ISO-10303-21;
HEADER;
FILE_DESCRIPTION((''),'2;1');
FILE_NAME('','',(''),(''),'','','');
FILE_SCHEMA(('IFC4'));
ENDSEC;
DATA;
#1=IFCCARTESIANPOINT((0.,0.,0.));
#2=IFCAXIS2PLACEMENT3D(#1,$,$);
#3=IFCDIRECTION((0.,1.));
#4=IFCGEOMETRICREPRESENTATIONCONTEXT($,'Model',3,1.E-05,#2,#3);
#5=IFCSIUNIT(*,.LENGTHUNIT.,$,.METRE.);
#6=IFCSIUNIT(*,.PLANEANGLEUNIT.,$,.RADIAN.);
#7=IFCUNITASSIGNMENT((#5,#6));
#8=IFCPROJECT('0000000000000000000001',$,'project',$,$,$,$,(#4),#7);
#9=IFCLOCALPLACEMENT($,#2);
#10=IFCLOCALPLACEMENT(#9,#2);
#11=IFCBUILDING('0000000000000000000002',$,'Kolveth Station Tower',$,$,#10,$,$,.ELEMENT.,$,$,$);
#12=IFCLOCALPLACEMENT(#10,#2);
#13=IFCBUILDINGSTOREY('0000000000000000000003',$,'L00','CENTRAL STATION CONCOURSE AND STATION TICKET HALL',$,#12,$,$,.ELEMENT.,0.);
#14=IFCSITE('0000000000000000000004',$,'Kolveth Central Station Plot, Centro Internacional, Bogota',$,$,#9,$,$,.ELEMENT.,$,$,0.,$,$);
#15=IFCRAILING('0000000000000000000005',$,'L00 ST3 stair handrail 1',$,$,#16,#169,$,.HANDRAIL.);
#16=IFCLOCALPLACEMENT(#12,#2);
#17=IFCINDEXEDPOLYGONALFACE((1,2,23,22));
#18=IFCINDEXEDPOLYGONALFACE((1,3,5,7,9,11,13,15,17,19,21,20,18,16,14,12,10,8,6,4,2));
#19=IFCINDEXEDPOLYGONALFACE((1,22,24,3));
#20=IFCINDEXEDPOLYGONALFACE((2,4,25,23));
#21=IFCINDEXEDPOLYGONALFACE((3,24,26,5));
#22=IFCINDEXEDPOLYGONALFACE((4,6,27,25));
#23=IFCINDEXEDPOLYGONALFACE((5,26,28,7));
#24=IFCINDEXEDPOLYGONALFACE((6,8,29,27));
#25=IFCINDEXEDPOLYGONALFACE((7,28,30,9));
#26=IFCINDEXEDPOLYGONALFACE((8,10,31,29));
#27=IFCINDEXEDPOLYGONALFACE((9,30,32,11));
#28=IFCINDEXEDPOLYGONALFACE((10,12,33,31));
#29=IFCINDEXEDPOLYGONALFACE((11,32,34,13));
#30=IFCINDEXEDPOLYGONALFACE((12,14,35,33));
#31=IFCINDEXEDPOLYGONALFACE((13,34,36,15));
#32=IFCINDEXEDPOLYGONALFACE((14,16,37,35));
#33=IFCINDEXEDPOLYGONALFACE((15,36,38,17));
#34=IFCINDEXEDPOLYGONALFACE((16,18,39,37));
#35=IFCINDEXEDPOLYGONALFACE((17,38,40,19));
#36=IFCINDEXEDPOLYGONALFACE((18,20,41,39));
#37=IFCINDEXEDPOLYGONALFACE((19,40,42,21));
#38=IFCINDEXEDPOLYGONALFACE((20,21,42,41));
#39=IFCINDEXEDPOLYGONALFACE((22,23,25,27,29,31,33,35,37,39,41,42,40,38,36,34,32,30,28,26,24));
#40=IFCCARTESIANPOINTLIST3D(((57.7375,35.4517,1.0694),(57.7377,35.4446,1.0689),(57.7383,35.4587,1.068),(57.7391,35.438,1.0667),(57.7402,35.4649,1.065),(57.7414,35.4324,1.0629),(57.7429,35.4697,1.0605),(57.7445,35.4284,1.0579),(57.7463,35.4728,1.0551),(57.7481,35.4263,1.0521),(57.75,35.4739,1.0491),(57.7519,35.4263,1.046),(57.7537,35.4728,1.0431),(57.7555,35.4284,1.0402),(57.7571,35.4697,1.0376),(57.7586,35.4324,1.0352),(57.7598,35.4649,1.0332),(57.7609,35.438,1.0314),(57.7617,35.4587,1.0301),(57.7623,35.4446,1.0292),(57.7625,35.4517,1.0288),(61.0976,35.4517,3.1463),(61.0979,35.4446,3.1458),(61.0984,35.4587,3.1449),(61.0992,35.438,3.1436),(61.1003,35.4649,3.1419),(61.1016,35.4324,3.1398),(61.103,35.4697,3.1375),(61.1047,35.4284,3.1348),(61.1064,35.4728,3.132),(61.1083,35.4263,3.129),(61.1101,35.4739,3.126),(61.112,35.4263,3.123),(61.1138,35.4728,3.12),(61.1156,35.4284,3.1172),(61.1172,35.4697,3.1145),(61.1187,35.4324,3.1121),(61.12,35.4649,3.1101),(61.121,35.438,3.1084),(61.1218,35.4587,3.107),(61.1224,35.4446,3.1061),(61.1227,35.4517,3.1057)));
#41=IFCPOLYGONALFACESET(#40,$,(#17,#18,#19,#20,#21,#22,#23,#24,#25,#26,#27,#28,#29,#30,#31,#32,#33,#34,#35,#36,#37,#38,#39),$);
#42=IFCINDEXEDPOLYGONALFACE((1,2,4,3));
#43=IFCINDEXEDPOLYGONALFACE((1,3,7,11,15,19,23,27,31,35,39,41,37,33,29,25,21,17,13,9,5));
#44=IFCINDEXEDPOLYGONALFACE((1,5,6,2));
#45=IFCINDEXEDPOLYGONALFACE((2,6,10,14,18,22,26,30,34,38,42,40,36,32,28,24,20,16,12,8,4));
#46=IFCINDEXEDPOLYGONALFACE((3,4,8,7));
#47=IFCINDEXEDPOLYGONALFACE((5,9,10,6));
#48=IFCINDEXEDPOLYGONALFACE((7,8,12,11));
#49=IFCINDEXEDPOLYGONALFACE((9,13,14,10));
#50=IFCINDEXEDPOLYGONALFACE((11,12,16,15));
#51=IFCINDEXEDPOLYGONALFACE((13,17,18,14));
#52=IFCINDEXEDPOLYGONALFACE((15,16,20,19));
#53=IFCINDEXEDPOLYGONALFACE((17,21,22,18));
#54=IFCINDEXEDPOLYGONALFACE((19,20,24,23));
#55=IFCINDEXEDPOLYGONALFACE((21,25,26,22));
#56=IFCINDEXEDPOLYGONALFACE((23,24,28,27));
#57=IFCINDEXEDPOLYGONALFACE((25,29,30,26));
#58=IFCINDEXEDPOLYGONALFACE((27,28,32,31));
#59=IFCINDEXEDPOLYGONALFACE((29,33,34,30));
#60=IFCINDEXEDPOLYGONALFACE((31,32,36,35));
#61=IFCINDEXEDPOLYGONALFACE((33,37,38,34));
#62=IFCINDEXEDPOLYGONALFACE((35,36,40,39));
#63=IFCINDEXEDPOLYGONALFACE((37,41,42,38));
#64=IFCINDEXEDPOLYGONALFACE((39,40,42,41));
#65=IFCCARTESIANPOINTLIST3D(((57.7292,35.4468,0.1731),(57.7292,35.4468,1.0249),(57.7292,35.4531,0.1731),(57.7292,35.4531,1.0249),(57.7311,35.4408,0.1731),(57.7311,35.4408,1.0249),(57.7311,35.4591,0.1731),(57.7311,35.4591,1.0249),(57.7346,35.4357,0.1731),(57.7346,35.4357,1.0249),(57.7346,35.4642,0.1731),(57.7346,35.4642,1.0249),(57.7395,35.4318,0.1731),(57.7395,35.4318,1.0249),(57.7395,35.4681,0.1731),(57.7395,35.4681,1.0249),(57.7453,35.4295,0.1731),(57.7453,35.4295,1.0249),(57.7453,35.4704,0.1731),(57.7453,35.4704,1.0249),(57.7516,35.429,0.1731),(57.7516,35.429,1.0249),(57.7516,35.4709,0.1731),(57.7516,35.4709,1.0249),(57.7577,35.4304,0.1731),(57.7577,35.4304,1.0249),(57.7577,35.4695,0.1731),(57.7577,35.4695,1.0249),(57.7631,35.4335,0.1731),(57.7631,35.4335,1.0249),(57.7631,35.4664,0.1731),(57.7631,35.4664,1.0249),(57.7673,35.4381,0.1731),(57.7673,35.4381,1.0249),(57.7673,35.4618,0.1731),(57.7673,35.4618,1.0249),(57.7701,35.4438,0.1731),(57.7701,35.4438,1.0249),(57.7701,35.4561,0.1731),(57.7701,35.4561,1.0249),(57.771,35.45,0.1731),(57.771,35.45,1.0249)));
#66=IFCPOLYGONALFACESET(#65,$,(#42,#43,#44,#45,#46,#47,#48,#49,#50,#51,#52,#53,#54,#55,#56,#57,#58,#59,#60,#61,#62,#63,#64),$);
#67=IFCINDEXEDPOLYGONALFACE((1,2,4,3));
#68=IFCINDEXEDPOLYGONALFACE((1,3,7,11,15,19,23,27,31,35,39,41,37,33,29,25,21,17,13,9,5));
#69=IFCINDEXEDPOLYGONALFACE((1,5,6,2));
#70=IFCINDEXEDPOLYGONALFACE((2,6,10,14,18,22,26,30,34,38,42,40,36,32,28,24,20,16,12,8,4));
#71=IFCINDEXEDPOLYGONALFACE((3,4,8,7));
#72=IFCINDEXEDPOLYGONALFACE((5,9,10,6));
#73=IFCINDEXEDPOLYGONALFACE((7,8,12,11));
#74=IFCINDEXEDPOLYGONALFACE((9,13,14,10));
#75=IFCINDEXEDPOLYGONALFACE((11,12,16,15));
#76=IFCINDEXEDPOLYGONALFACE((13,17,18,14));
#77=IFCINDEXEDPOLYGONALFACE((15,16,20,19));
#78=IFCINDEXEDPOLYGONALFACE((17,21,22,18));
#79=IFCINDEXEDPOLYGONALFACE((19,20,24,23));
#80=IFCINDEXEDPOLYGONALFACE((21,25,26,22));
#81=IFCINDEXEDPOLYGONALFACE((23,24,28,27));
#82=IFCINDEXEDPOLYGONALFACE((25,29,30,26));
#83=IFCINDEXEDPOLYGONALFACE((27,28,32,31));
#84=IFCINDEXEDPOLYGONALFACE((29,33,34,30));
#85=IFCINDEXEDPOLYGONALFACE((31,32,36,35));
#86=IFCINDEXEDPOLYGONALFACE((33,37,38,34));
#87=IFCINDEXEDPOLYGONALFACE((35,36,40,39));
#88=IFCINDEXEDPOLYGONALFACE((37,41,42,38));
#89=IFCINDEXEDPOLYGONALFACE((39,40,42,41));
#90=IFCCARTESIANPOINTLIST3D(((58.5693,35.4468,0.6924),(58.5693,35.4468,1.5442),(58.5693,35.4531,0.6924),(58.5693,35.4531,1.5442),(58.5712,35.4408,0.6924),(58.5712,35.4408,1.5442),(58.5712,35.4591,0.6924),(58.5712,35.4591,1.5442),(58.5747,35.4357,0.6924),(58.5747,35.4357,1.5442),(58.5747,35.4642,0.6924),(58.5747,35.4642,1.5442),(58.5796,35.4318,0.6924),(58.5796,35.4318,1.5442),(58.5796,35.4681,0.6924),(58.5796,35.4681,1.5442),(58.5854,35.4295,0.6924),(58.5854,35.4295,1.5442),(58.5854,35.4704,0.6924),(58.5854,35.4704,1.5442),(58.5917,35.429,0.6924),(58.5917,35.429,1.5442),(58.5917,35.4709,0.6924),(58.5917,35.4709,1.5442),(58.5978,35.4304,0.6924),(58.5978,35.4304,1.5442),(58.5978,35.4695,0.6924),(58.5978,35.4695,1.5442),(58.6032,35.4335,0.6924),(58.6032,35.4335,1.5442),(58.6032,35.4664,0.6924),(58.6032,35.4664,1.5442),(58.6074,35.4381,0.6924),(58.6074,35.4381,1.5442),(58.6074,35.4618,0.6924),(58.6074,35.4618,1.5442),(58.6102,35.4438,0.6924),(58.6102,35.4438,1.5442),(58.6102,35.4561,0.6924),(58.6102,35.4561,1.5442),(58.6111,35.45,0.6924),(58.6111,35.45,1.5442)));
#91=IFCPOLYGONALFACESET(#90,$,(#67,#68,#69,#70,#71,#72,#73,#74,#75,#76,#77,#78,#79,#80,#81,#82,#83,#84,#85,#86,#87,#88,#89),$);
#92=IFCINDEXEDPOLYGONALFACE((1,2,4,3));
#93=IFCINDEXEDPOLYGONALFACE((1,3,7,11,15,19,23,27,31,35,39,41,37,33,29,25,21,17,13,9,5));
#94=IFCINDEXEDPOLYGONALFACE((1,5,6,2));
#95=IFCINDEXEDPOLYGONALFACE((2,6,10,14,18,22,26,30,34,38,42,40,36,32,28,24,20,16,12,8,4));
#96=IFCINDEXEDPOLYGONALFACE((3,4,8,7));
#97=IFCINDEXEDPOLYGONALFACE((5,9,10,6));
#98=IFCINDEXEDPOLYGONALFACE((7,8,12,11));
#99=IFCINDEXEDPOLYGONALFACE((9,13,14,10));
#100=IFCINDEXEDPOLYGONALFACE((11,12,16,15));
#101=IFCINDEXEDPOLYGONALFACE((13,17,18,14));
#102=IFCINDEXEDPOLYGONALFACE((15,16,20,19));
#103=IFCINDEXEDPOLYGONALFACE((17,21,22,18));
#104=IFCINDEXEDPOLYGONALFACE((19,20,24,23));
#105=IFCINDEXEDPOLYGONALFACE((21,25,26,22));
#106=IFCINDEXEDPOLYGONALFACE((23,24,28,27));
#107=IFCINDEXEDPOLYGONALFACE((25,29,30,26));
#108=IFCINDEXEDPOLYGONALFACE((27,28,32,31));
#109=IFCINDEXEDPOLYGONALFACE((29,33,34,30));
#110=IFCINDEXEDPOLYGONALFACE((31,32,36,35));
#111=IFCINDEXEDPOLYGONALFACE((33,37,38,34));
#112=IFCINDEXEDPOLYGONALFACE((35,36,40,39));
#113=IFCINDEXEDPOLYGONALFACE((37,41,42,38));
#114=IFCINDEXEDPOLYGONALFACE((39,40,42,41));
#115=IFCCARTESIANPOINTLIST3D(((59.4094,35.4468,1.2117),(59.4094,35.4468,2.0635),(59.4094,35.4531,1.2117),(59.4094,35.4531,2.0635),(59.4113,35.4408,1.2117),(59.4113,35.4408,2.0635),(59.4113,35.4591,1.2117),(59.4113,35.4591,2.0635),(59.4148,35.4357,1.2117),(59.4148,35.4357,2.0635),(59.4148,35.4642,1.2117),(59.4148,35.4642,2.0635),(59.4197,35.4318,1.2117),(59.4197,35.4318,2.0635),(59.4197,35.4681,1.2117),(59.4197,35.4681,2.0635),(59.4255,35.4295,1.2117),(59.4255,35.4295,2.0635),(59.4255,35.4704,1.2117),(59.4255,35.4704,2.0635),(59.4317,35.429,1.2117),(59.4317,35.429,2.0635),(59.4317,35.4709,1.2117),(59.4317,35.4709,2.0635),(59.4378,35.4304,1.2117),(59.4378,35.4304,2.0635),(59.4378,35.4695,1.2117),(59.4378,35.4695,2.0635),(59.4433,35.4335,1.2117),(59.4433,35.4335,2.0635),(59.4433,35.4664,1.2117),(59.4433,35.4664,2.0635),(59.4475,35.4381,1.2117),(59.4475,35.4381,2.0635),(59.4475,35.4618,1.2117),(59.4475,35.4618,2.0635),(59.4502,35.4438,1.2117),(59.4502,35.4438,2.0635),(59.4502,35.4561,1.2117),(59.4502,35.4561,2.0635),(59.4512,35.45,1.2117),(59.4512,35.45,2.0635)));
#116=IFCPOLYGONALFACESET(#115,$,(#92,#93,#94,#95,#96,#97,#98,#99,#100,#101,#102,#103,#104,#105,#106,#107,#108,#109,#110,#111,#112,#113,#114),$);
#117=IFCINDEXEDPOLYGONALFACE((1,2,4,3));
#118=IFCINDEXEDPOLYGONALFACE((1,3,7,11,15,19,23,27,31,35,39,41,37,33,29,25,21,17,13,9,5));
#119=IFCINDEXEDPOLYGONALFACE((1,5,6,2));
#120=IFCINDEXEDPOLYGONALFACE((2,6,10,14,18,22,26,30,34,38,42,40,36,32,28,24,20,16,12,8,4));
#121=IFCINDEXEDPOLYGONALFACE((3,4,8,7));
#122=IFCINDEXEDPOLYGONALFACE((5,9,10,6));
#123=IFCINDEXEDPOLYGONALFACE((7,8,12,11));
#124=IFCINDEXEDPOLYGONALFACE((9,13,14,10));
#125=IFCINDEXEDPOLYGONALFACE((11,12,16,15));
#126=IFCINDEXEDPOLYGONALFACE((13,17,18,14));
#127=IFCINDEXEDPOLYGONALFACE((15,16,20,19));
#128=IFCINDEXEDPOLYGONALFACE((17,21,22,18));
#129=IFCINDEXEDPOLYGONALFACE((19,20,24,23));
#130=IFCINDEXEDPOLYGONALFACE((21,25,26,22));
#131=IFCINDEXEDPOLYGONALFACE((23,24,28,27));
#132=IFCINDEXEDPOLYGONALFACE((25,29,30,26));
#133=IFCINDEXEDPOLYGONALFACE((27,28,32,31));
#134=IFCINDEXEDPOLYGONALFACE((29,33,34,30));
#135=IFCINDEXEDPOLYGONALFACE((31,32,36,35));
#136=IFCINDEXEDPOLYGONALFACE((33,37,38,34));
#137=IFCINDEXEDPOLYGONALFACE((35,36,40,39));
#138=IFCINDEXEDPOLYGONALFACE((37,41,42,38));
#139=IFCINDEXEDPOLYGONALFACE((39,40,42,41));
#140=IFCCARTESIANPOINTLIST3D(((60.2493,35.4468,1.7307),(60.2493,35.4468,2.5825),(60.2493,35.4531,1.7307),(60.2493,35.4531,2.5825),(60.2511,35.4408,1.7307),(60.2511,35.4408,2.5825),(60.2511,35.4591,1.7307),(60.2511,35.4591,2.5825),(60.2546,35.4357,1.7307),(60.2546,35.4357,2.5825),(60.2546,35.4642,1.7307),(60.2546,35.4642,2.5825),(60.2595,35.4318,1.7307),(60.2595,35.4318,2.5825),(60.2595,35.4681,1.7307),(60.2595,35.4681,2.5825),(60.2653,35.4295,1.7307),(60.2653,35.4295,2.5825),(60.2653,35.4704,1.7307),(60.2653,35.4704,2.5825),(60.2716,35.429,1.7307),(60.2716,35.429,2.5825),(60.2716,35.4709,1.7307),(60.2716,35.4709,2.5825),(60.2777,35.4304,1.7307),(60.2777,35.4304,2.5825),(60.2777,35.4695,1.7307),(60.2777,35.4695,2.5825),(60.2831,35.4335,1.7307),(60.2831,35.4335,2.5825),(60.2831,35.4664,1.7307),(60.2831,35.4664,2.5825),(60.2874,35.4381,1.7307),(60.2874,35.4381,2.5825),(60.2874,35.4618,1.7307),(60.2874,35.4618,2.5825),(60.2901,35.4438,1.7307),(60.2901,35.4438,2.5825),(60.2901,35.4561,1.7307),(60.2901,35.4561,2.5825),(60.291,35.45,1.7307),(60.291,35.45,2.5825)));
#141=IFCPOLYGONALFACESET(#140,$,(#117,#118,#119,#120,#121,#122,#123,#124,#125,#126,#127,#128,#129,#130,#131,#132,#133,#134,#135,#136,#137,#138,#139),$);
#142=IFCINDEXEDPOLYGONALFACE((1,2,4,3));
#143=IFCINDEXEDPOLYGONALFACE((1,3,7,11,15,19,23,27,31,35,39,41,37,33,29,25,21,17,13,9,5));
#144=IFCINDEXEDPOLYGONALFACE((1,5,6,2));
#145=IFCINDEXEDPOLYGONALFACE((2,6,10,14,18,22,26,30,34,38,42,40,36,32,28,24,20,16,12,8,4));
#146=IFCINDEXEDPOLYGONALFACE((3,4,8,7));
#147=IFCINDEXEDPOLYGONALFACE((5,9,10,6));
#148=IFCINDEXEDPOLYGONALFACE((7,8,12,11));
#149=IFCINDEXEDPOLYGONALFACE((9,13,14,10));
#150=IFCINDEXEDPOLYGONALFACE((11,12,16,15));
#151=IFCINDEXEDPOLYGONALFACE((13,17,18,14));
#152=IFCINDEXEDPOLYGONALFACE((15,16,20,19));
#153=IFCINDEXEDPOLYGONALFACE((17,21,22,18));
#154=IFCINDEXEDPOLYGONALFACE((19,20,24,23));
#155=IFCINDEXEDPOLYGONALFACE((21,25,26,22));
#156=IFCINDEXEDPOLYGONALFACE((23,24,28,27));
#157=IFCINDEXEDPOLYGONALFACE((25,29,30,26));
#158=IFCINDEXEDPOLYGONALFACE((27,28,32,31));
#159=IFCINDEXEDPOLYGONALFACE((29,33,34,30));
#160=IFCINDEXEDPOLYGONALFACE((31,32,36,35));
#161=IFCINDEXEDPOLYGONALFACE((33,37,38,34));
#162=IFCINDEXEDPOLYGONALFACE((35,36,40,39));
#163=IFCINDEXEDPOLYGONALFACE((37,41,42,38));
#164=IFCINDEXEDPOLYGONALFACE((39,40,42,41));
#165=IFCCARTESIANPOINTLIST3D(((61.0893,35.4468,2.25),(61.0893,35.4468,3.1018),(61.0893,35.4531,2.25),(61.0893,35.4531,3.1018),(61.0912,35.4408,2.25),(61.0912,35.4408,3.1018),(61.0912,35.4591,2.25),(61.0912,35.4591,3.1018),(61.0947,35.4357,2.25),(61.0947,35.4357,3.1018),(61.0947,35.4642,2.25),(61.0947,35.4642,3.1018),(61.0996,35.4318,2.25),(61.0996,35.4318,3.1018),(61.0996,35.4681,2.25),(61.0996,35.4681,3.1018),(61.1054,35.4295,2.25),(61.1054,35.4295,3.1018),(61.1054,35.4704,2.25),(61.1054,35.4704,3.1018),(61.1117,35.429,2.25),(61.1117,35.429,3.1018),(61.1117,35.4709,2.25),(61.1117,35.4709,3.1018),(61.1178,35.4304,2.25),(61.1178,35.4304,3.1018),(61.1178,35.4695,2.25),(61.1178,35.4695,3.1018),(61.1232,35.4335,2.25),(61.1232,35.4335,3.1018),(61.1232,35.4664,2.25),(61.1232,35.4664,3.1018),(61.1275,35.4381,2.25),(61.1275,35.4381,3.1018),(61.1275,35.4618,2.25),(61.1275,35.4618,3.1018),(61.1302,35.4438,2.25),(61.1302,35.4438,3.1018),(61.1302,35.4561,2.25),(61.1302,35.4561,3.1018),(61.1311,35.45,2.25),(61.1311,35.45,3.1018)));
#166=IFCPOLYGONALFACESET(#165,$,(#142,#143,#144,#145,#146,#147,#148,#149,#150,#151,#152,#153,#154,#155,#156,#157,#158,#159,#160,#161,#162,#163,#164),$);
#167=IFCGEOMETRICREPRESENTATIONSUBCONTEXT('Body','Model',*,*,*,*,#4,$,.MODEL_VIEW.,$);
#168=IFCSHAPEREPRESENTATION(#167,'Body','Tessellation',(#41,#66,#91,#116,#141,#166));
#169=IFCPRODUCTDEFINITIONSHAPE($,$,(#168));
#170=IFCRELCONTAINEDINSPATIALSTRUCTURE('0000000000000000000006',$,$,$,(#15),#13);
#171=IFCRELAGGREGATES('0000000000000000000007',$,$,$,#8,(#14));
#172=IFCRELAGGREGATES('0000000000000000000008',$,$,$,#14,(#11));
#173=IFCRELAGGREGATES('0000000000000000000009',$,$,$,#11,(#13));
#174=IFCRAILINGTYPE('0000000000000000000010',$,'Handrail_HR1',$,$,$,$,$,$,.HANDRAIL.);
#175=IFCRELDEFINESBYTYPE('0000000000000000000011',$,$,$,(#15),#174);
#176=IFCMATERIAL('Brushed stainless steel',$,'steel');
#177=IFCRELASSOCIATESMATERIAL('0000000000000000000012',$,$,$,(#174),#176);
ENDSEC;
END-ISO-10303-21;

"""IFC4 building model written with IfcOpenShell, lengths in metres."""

from ifc_helpers import new_model, si_unit, direction, frame, origin, origin_2d, place, context, subcontext, project, spatial, circle, extrude, material, type_object, element, save


model = new_model("IFC4")

# Units and contexts
model_context = context("Model", 3, precision=1e-05, world=origin(), true_north=direction((0.0, 1.0)))
body_context = subcontext(model_context, "Body", "Model", "MODEL_VIEW")
ifc_project = project(units=[si_unit("LENGTHUNIT", "METRE"), si_unit("PLANEANGLEUNIT", "RADIAN")], contexts=[model_context])

# Site, building, storey
site_placement = place(None, origin())
site = spatial("IfcSite", under=ifc_project, at=site_placement, Name="Kolveth Central Station Plot, Centro Internacional, Bogota", CompositionType="ELEMENT", RefElevation=0.0)
building_placement = place(site_placement, origin())
building = spatial("IfcBuilding", under=site, at=building_placement, Name="Kolveth Station Tower", CompositionType="ELEMENT")
storey_placement = place(building_placement, origin())
storey = spatial("IfcBuildingStorey", under=building, at=storey_placement, Name="L00", Description="CENTRAL STATION CONCOURSE AND STATION TICKET HALL", CompositionType="ELEMENT", Elevation=0.0)

# Railing
ifc_material_1 = material(Name="Brushed stainless steel", Category="steel")
railing_type_1 = type_object("IfcRailingType", Name="Handrail_HR1", PredefinedType="HANDRAIL", material=ifc_material_1)
railing_1_placement = place(storey_placement, frame((57.75, 35.45, 0.1731)))
element("IfcRailing", 1, at=railing_1_placement, inside=storey, type_object=railing_type_1, Name="L00 ST3 stair handrail 1", PredefinedType="HANDRAIL", context=body_context, shape_type="SweptSolid", body=[
    extrude(circle(Radius=0.0239, at=origin_2d()), frame((0.0, 0.0, 0.876), z_axis=(0.850623, 0.0, 0.525776), x_axis=(0.0, 1.0, 0.0)), (0.0, 0.0, 1.0), 3.9502),
    extrude(circle(Radius=0.021, at=origin_2d()), origin(), (0.0, 0.0, 1.0), 0.8518),
    extrude(circle(Radius=0.021, at=origin_2d()), frame((0.8401, 0.0, 0.5193)), (0.0, 0.0, 1.0), 0.8518),
    extrude(circle(Radius=0.021, at=origin_2d()), frame((1.6802, 0.0, 1.0386)), (0.0, 0.0, 1.0), 0.8518),
    extrude(circle(Radius=0.021, at=origin_2d()), frame((2.52, 0.0, 1.5576)), (0.0, 0.0, 1.0), 0.8518),
    extrude(circle(Radius=0.021, at=origin_2d()), frame((3.3601, 0.0, 2.0769)), (0.0, 0.0, 1.0), 0.8518),
])

save(model, "model.ifc")
